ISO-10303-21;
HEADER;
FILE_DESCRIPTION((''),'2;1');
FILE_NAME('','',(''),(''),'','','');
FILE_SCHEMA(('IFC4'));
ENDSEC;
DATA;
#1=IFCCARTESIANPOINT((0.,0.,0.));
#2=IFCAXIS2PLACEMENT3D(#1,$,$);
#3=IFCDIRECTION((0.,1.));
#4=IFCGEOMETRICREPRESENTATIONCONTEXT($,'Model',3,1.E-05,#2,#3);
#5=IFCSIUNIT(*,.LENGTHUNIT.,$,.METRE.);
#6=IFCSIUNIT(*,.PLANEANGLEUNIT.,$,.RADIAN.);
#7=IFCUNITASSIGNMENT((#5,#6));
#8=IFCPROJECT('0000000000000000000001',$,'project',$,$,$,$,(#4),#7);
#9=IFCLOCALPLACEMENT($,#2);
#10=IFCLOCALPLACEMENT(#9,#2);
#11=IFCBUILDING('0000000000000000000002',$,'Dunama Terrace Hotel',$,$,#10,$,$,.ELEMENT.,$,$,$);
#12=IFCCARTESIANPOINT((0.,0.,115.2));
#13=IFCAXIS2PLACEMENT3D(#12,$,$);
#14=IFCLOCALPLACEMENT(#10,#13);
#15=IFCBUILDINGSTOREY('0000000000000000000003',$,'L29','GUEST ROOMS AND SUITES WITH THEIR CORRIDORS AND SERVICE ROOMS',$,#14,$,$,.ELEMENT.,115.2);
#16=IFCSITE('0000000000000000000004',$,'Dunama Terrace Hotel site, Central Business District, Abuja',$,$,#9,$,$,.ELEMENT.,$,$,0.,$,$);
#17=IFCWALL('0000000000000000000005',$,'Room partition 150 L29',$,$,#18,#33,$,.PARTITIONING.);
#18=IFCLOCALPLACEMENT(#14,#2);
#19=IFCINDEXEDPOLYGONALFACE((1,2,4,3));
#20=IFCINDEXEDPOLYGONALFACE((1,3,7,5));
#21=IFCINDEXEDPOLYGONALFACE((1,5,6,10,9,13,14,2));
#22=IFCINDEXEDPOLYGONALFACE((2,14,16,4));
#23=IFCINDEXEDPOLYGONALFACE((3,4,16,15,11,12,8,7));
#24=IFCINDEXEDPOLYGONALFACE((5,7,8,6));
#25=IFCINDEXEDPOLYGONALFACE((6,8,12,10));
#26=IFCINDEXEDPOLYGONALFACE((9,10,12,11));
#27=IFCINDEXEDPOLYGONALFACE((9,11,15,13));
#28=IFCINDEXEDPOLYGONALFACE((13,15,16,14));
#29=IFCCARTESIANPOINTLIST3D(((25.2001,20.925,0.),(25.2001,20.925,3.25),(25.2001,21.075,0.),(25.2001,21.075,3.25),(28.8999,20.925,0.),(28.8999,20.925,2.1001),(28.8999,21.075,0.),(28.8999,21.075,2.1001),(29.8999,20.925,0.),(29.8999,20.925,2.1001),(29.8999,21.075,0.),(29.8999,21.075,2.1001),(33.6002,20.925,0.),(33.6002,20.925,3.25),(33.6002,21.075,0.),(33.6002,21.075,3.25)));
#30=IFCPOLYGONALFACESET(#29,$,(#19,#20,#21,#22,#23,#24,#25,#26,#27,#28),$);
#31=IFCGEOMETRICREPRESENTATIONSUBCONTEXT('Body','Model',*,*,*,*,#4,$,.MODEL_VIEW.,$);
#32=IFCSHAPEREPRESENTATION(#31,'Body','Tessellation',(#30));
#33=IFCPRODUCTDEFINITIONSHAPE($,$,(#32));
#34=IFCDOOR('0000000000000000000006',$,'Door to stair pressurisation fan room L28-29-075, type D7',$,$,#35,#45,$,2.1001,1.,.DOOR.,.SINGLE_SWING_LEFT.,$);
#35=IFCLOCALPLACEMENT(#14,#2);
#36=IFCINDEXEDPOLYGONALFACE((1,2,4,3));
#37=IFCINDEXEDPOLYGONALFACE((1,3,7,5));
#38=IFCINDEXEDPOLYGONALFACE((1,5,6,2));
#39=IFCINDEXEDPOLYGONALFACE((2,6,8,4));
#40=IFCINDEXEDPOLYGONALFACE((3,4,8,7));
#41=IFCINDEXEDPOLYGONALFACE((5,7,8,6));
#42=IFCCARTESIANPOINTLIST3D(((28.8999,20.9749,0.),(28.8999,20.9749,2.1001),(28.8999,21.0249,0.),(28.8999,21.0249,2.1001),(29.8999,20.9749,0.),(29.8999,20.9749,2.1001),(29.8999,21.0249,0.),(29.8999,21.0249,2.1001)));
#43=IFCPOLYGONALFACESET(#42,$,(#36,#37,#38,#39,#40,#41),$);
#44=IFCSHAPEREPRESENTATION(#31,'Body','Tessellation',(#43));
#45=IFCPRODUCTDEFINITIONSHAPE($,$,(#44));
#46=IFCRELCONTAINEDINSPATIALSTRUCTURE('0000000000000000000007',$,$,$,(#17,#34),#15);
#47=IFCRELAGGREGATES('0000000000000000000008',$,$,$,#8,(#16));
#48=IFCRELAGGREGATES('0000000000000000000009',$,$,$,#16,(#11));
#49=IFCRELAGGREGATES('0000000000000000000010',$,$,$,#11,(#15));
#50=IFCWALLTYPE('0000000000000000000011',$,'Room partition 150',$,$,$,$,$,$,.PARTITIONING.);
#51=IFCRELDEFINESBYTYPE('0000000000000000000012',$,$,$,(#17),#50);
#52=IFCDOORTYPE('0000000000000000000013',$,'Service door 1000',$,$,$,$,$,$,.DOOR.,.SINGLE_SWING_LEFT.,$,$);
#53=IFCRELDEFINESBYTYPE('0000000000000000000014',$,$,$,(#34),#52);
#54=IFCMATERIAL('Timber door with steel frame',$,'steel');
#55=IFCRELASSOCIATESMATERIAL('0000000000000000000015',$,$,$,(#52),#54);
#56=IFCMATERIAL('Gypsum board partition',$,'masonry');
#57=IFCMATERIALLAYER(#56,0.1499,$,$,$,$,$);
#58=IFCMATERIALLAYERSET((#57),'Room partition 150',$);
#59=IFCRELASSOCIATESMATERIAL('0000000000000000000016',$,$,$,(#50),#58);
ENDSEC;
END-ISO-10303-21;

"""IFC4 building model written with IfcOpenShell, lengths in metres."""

from ifc_helpers import new_model, si_unit, direction, frame, frame_2d, origin, place, context, subcontext, project, spatial, rectangle, extrude, material, layer, layer_set, type_object, element, fill, save


model = new_model("IFC4")

# Units and contexts
model_context = context("Model", 3, precision=1e-05, world=origin(), true_north=direction((0.0, 1.0)))
body_context = subcontext(model_context, "Body", "Model", "MODEL_VIEW")
ifc_project = project(units=[si_unit("LENGTHUNIT", "METRE"), si_unit("PLANEANGLEUNIT", "RADIAN")], contexts=[model_context])

# Site, building, storey
site_placement = place(None, origin())
site = spatial("IfcSite", under=ifc_project, at=site_placement, Name="Dunama Terrace Hotel site, Central Business District, Abuja", CompositionType="ELEMENT", RefElevation=0.0)
building_placement = place(site_placement, origin())
building = spatial("IfcBuilding", under=site, at=building_placement, Name="Dunama Terrace Hotel", CompositionType="ELEMENT")
storey_placement = place(building_placement, frame((0.0, 0.0, 115.2)))
storey = spatial("IfcBuildingStorey", under=building, at=storey_placement, Name="L29", Description="GUEST ROOMS AND SUITES WITH THEIR CORRIDORS AND SERVICE ROOMS", CompositionType="ELEMENT", Elevation=115.2)

# Shared definitions
ifc_material_1 = material(Name="Timber door with steel frame", Category="steel")
door_type_1 = type_object("IfcDoorType", Name="Service door 1000", OperationType="SINGLE_SWING_LEFT", PredefinedType="DOOR", material=ifc_material_1)

# Wall, opening, door
ifc_material_2 = material(Name="Gypsum board partition", Category="masonry")
ifc_layer_1 = layer(ifc_material_2, 0.1499)
ifc_layer_set_1 = layer_set([ifc_layer_1], Name="Room partition 150")
wall_type_1 = type_object("IfcWallType", Name="Room partition 150", PredefinedType="PARTITIONING", material=ifc_layer_set_1)
wall_1_placement = place(storey_placement, frame((25.2, 21.0, 0.0), z_axis=(0.0, 0.0, 1.0), x_axis=(1.0, 0.0, 0.0)))
wall_1 = element("IfcWall", 1, at=wall_1_placement, inside=storey, type_object=wall_type_1, Name="Room partition 150 L29", PredefinedType="PARTITIONING", context=body_context, shape_type="SweptSolid", body=[
    extrude(rectangle(XDim=8.4001, YDim=0.1499, at=frame_2d((4.2002, 0.0))), origin(), (0.0, 0.0, 1.0), 3.25),
])
opening_1_placement = place(wall_1_placement, frame((3.7, 0.0, 0.0)))
opening_1 = element("IfcOpeningElement", 2, at=opening_1_placement, cuts=wall_1, PredefinedType="OPENING", context=body_context, shape_type="SweptSolid", body=[
    extrude(rectangle(XDim=1.0, YDim=2.1001, at=frame_2d((0.5, 1.05))), frame((0.0, 0.085, 0.0), z_axis=(0.0, -1.0, 0.0), x_axis=(1.0, 0.0, 0.0)), (0.0, 0.0, 1.0), 0.1699),
])
door_1_placement = place(opening_1_placement, origin())
door_1 = element("IfcDoor", 3, at=door_1_placement, inside=storey, type_object=door_type_1, Name="Door to stair pressurisation fan room L28-29-075, type D7", OperationType="SINGLE_SWING_LEFT", OverallHeight=2.1001, OverallWidth=1.0, PredefinedType="DOOR", context=body_context, shape_type="SweptSolid", body=[
    extrude(rectangle(XDim=1.0, YDim=2.1001, at=frame_2d((0.5, 1.05))), frame((0.0, 0.0249, 0.0), z_axis=(0.0, -1.0, 0.0), x_axis=(1.0, 0.0, 0.0)), (0.0, 0.0, 1.0), 0.05),
])
fill(opening_1, door_1)

save(model, "model.ifc")
